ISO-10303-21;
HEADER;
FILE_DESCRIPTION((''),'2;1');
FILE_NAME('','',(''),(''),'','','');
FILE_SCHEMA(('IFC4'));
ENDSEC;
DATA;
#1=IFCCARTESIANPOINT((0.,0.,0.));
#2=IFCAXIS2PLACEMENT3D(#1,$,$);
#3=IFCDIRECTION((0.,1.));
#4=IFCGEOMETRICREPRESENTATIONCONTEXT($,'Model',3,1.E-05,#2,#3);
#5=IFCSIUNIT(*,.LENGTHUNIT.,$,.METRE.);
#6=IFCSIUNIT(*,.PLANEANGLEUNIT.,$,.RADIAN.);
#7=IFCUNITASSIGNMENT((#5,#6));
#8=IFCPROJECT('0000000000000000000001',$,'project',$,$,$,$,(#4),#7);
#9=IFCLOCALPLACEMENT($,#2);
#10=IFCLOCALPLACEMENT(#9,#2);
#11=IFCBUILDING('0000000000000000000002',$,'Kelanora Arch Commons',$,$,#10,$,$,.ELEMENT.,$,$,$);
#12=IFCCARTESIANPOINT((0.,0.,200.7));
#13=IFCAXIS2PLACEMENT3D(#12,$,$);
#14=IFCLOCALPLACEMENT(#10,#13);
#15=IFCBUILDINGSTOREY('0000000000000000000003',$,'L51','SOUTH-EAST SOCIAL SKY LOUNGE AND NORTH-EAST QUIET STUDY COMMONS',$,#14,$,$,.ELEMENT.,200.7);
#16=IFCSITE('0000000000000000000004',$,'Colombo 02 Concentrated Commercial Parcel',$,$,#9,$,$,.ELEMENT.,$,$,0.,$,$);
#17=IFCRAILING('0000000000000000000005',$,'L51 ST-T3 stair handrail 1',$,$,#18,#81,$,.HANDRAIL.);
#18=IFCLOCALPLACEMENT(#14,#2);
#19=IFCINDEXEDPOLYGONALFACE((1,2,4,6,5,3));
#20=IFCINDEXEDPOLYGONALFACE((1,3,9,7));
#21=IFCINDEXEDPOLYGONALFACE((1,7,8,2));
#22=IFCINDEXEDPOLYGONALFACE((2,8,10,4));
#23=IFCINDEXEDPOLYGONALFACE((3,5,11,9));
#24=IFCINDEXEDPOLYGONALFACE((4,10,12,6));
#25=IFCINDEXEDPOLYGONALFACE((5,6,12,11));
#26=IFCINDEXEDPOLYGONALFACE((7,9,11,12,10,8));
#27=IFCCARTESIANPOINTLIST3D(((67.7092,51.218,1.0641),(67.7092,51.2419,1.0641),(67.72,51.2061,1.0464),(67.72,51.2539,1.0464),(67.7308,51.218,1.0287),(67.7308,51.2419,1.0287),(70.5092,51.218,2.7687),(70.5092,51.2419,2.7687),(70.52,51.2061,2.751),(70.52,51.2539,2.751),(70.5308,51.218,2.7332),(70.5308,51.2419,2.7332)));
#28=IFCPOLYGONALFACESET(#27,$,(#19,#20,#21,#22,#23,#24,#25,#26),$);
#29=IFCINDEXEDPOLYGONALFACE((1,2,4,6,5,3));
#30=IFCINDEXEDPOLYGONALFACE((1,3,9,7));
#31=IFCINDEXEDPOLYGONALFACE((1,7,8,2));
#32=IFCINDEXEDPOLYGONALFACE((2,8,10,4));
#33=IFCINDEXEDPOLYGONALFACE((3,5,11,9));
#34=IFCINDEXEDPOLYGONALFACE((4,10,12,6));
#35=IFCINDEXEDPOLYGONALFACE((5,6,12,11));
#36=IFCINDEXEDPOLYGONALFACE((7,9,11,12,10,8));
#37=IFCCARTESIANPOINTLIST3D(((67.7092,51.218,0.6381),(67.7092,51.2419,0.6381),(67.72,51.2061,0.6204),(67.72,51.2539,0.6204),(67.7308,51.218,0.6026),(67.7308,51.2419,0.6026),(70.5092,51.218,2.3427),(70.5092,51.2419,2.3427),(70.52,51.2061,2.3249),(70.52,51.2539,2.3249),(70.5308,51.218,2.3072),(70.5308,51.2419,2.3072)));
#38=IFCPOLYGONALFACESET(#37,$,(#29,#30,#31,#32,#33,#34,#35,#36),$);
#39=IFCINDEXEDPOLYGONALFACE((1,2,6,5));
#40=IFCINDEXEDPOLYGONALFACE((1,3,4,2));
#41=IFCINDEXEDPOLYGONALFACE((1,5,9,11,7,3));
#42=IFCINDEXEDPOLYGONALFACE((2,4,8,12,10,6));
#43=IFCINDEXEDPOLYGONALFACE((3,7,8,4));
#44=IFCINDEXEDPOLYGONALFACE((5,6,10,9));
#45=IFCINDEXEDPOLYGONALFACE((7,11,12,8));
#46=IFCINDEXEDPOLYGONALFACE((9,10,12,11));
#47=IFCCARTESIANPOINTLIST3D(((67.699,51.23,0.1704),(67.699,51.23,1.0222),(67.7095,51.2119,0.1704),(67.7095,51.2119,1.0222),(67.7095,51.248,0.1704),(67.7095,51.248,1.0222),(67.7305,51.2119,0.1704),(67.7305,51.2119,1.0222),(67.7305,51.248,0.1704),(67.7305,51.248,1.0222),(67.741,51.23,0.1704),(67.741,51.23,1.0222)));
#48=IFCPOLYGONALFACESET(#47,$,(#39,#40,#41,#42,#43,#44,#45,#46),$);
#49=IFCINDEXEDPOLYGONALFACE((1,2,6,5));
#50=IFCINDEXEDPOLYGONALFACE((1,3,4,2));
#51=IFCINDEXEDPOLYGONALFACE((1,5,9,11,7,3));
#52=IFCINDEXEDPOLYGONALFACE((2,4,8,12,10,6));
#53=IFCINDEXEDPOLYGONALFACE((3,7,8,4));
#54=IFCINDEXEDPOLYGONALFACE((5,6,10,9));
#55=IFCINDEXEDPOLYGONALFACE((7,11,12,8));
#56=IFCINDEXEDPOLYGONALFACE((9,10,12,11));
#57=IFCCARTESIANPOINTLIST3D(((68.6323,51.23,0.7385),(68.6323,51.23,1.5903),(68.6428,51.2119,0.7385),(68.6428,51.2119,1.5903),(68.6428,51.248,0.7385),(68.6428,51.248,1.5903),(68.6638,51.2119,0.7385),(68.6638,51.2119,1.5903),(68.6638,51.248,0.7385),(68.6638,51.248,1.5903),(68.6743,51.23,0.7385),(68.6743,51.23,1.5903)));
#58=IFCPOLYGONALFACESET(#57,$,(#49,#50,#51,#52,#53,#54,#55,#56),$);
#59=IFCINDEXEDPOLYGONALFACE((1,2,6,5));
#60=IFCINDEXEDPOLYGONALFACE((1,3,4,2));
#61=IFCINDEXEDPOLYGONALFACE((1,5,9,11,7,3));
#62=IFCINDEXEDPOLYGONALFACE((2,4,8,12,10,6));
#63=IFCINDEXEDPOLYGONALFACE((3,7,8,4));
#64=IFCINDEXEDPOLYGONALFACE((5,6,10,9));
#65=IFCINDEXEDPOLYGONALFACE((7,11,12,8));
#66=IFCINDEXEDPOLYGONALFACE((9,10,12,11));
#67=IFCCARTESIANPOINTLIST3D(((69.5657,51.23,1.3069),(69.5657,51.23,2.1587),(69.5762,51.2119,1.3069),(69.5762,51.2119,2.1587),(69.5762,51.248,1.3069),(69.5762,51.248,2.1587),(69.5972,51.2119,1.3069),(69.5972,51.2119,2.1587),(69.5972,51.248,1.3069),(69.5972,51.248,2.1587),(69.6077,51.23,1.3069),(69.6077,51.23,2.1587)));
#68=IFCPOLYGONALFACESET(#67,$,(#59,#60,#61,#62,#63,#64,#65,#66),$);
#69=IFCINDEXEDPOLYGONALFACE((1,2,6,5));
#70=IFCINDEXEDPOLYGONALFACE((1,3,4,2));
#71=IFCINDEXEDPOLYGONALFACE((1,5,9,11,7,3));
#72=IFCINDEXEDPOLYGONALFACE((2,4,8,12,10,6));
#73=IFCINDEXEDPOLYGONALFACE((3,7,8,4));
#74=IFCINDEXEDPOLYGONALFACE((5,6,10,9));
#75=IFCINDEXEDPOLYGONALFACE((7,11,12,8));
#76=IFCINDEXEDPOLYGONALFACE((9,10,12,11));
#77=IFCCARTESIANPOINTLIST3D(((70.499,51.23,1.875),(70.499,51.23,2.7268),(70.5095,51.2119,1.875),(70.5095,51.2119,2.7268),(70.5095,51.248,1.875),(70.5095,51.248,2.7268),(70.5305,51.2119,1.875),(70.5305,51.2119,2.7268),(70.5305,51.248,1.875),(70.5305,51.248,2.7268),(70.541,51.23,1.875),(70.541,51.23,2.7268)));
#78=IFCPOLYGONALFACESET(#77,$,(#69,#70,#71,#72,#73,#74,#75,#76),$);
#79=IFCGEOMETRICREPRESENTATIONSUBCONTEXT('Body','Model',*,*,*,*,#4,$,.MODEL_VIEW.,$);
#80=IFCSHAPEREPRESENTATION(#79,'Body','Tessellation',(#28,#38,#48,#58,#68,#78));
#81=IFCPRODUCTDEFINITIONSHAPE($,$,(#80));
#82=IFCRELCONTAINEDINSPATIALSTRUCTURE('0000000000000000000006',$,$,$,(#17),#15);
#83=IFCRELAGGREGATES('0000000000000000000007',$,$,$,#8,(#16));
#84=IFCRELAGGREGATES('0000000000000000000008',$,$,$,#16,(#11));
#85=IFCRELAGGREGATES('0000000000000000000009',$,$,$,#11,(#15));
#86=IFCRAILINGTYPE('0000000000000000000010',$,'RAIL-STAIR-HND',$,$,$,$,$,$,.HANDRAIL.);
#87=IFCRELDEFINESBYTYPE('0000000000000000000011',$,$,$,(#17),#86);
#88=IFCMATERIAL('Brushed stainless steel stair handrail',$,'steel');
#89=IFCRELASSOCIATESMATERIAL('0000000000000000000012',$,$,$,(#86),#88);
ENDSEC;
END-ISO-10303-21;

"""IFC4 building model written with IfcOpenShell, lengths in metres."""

from ifc_helpers import new_model, si_unit, direction, frame, origin, place, context, subcontext, project, spatial, polyline, outline, extrude, material, type_object, element, save


model = new_model("IFC4")

# Units and contexts
model_context = context("Model", 3, precision=1e-05, world=origin(), true_north=direction((0.0, 1.0)))
body_context = subcontext(model_context, "Body", "Model", "MODEL_VIEW")
ifc_project = project(units=[si_unit("LENGTHUNIT", "METRE"), si_unit("PLANEANGLEUNIT", "RADIAN")], contexts=[model_context])

# Site, building, storey
site_placement = place(None, origin())
site = spatial("IfcSite", under=ifc_project, at=site_placement, Name="Colombo 02 Concentrated Commercial Parcel", CompositionType="ELEMENT", RefElevation=0.0)
building_placement = place(site_placement, origin())
building = spatial("IfcBuilding", under=site, at=building_placement, Name="Kelanora Arch Commons", CompositionType="ELEMENT")
storey_placement = place(building_placement, frame((0.0, 0.0, 200.7)))
storey = spatial("IfcBuildingStorey", under=building, at=storey_placement, Name="L51", Description="SOUTH-EAST SOCIAL SKY LOUNGE AND NORTH-EAST QUIET STUDY COMMONS", CompositionType="ELEMENT", Elevation=200.7)

# Railing
ifc_material_1 = material(Name="Brushed stainless steel stair handrail", Category="steel")
railing_type_1 = type_object("IfcRailingType", Name="RAIL-STAIR-HND", PredefinedType="HANDRAIL", material=ifc_material_1)
railing_1_placement = place(storey_placement, frame((67.72, 51.23, 0.1704)))
element("IfcRailing", 1, at=railing_1_placement, inside=storey, type_object=railing_type_1, Name="L51 ST-T3 stair handrail 1", PredefinedType="HANDRAIL", context=body_context, shape_type="SweptSolid", body=[
    extrude(outline(polyline([(0.0239, 0.0), (0.012, 0.0208), (-0.012, 0.0208), (-0.0239, 0.0), (-0.012, -0.0208), (0.012, -0.0208), (0.0239, 0.0)])), frame((0.0, 0.0, 0.876), z_axis=(0.85417, 0.0, 0.519994), x_axis=(0.0, 1.0, 0.0)), (0.0, 0.0, 1.0), 3.2781),
    extrude(outline(polyline([(0.0239, 0.0), (0.012, 0.0208), (-0.012, 0.0208), (-0.0239, 0.0), (-0.012, -0.0208), (0.012, -0.0208), (0.0239, 0.0)])), frame((0.0, 0.0, 0.45), z_axis=(0.85417, 0.0, 0.519994), x_axis=(0.0, 1.0, 0.0)), (0.0, 0.0, 1.0), 3.2781),
    extrude(outline(polyline([(0.021, 0.0), (0.0105, 0.0181), (-0.0105, 0.0181), (-0.021, 0.0), (-0.0105, -0.0181), (0.0105, -0.0181), (0.021, 0.0)])), origin(), (0.0, 0.0, 1.0), 0.8518),
    extrude(outline(polyline([(0.021, 0.0), (0.0105, 0.0181), (-0.0105, 0.0181), (-0.021, 0.0), (-0.0105, -0.0181), (0.0105, -0.0181), (0.021, 0.0)])), frame((0.9333, 0.0, 0.5681)), (0.0, 0.0, 1.0), 0.8518),
    extrude(outline(polyline([(0.021, 0.0), (0.0105, 0.0181), (-0.0105, 0.0181), (-0.021, 0.0), (-0.0105, -0.0181), (0.0105, -0.0181), (0.021, 0.0)])), frame((1.8667, 0.0, 1.1365)), (0.0, 0.0, 1.0), 0.8518),
    extrude(outline(polyline([(0.021, 0.0), (0.0105, 0.0181), (-0.0105, 0.0181), (-0.021, 0.0), (-0.0105, -0.0181), (0.0105, -0.0181), (0.021, 0.0)])), frame((2.8, 0.0, 1.7046)), (0.0, 0.0, 1.0), 0.8518),
])

save(model, "model.ifc")
